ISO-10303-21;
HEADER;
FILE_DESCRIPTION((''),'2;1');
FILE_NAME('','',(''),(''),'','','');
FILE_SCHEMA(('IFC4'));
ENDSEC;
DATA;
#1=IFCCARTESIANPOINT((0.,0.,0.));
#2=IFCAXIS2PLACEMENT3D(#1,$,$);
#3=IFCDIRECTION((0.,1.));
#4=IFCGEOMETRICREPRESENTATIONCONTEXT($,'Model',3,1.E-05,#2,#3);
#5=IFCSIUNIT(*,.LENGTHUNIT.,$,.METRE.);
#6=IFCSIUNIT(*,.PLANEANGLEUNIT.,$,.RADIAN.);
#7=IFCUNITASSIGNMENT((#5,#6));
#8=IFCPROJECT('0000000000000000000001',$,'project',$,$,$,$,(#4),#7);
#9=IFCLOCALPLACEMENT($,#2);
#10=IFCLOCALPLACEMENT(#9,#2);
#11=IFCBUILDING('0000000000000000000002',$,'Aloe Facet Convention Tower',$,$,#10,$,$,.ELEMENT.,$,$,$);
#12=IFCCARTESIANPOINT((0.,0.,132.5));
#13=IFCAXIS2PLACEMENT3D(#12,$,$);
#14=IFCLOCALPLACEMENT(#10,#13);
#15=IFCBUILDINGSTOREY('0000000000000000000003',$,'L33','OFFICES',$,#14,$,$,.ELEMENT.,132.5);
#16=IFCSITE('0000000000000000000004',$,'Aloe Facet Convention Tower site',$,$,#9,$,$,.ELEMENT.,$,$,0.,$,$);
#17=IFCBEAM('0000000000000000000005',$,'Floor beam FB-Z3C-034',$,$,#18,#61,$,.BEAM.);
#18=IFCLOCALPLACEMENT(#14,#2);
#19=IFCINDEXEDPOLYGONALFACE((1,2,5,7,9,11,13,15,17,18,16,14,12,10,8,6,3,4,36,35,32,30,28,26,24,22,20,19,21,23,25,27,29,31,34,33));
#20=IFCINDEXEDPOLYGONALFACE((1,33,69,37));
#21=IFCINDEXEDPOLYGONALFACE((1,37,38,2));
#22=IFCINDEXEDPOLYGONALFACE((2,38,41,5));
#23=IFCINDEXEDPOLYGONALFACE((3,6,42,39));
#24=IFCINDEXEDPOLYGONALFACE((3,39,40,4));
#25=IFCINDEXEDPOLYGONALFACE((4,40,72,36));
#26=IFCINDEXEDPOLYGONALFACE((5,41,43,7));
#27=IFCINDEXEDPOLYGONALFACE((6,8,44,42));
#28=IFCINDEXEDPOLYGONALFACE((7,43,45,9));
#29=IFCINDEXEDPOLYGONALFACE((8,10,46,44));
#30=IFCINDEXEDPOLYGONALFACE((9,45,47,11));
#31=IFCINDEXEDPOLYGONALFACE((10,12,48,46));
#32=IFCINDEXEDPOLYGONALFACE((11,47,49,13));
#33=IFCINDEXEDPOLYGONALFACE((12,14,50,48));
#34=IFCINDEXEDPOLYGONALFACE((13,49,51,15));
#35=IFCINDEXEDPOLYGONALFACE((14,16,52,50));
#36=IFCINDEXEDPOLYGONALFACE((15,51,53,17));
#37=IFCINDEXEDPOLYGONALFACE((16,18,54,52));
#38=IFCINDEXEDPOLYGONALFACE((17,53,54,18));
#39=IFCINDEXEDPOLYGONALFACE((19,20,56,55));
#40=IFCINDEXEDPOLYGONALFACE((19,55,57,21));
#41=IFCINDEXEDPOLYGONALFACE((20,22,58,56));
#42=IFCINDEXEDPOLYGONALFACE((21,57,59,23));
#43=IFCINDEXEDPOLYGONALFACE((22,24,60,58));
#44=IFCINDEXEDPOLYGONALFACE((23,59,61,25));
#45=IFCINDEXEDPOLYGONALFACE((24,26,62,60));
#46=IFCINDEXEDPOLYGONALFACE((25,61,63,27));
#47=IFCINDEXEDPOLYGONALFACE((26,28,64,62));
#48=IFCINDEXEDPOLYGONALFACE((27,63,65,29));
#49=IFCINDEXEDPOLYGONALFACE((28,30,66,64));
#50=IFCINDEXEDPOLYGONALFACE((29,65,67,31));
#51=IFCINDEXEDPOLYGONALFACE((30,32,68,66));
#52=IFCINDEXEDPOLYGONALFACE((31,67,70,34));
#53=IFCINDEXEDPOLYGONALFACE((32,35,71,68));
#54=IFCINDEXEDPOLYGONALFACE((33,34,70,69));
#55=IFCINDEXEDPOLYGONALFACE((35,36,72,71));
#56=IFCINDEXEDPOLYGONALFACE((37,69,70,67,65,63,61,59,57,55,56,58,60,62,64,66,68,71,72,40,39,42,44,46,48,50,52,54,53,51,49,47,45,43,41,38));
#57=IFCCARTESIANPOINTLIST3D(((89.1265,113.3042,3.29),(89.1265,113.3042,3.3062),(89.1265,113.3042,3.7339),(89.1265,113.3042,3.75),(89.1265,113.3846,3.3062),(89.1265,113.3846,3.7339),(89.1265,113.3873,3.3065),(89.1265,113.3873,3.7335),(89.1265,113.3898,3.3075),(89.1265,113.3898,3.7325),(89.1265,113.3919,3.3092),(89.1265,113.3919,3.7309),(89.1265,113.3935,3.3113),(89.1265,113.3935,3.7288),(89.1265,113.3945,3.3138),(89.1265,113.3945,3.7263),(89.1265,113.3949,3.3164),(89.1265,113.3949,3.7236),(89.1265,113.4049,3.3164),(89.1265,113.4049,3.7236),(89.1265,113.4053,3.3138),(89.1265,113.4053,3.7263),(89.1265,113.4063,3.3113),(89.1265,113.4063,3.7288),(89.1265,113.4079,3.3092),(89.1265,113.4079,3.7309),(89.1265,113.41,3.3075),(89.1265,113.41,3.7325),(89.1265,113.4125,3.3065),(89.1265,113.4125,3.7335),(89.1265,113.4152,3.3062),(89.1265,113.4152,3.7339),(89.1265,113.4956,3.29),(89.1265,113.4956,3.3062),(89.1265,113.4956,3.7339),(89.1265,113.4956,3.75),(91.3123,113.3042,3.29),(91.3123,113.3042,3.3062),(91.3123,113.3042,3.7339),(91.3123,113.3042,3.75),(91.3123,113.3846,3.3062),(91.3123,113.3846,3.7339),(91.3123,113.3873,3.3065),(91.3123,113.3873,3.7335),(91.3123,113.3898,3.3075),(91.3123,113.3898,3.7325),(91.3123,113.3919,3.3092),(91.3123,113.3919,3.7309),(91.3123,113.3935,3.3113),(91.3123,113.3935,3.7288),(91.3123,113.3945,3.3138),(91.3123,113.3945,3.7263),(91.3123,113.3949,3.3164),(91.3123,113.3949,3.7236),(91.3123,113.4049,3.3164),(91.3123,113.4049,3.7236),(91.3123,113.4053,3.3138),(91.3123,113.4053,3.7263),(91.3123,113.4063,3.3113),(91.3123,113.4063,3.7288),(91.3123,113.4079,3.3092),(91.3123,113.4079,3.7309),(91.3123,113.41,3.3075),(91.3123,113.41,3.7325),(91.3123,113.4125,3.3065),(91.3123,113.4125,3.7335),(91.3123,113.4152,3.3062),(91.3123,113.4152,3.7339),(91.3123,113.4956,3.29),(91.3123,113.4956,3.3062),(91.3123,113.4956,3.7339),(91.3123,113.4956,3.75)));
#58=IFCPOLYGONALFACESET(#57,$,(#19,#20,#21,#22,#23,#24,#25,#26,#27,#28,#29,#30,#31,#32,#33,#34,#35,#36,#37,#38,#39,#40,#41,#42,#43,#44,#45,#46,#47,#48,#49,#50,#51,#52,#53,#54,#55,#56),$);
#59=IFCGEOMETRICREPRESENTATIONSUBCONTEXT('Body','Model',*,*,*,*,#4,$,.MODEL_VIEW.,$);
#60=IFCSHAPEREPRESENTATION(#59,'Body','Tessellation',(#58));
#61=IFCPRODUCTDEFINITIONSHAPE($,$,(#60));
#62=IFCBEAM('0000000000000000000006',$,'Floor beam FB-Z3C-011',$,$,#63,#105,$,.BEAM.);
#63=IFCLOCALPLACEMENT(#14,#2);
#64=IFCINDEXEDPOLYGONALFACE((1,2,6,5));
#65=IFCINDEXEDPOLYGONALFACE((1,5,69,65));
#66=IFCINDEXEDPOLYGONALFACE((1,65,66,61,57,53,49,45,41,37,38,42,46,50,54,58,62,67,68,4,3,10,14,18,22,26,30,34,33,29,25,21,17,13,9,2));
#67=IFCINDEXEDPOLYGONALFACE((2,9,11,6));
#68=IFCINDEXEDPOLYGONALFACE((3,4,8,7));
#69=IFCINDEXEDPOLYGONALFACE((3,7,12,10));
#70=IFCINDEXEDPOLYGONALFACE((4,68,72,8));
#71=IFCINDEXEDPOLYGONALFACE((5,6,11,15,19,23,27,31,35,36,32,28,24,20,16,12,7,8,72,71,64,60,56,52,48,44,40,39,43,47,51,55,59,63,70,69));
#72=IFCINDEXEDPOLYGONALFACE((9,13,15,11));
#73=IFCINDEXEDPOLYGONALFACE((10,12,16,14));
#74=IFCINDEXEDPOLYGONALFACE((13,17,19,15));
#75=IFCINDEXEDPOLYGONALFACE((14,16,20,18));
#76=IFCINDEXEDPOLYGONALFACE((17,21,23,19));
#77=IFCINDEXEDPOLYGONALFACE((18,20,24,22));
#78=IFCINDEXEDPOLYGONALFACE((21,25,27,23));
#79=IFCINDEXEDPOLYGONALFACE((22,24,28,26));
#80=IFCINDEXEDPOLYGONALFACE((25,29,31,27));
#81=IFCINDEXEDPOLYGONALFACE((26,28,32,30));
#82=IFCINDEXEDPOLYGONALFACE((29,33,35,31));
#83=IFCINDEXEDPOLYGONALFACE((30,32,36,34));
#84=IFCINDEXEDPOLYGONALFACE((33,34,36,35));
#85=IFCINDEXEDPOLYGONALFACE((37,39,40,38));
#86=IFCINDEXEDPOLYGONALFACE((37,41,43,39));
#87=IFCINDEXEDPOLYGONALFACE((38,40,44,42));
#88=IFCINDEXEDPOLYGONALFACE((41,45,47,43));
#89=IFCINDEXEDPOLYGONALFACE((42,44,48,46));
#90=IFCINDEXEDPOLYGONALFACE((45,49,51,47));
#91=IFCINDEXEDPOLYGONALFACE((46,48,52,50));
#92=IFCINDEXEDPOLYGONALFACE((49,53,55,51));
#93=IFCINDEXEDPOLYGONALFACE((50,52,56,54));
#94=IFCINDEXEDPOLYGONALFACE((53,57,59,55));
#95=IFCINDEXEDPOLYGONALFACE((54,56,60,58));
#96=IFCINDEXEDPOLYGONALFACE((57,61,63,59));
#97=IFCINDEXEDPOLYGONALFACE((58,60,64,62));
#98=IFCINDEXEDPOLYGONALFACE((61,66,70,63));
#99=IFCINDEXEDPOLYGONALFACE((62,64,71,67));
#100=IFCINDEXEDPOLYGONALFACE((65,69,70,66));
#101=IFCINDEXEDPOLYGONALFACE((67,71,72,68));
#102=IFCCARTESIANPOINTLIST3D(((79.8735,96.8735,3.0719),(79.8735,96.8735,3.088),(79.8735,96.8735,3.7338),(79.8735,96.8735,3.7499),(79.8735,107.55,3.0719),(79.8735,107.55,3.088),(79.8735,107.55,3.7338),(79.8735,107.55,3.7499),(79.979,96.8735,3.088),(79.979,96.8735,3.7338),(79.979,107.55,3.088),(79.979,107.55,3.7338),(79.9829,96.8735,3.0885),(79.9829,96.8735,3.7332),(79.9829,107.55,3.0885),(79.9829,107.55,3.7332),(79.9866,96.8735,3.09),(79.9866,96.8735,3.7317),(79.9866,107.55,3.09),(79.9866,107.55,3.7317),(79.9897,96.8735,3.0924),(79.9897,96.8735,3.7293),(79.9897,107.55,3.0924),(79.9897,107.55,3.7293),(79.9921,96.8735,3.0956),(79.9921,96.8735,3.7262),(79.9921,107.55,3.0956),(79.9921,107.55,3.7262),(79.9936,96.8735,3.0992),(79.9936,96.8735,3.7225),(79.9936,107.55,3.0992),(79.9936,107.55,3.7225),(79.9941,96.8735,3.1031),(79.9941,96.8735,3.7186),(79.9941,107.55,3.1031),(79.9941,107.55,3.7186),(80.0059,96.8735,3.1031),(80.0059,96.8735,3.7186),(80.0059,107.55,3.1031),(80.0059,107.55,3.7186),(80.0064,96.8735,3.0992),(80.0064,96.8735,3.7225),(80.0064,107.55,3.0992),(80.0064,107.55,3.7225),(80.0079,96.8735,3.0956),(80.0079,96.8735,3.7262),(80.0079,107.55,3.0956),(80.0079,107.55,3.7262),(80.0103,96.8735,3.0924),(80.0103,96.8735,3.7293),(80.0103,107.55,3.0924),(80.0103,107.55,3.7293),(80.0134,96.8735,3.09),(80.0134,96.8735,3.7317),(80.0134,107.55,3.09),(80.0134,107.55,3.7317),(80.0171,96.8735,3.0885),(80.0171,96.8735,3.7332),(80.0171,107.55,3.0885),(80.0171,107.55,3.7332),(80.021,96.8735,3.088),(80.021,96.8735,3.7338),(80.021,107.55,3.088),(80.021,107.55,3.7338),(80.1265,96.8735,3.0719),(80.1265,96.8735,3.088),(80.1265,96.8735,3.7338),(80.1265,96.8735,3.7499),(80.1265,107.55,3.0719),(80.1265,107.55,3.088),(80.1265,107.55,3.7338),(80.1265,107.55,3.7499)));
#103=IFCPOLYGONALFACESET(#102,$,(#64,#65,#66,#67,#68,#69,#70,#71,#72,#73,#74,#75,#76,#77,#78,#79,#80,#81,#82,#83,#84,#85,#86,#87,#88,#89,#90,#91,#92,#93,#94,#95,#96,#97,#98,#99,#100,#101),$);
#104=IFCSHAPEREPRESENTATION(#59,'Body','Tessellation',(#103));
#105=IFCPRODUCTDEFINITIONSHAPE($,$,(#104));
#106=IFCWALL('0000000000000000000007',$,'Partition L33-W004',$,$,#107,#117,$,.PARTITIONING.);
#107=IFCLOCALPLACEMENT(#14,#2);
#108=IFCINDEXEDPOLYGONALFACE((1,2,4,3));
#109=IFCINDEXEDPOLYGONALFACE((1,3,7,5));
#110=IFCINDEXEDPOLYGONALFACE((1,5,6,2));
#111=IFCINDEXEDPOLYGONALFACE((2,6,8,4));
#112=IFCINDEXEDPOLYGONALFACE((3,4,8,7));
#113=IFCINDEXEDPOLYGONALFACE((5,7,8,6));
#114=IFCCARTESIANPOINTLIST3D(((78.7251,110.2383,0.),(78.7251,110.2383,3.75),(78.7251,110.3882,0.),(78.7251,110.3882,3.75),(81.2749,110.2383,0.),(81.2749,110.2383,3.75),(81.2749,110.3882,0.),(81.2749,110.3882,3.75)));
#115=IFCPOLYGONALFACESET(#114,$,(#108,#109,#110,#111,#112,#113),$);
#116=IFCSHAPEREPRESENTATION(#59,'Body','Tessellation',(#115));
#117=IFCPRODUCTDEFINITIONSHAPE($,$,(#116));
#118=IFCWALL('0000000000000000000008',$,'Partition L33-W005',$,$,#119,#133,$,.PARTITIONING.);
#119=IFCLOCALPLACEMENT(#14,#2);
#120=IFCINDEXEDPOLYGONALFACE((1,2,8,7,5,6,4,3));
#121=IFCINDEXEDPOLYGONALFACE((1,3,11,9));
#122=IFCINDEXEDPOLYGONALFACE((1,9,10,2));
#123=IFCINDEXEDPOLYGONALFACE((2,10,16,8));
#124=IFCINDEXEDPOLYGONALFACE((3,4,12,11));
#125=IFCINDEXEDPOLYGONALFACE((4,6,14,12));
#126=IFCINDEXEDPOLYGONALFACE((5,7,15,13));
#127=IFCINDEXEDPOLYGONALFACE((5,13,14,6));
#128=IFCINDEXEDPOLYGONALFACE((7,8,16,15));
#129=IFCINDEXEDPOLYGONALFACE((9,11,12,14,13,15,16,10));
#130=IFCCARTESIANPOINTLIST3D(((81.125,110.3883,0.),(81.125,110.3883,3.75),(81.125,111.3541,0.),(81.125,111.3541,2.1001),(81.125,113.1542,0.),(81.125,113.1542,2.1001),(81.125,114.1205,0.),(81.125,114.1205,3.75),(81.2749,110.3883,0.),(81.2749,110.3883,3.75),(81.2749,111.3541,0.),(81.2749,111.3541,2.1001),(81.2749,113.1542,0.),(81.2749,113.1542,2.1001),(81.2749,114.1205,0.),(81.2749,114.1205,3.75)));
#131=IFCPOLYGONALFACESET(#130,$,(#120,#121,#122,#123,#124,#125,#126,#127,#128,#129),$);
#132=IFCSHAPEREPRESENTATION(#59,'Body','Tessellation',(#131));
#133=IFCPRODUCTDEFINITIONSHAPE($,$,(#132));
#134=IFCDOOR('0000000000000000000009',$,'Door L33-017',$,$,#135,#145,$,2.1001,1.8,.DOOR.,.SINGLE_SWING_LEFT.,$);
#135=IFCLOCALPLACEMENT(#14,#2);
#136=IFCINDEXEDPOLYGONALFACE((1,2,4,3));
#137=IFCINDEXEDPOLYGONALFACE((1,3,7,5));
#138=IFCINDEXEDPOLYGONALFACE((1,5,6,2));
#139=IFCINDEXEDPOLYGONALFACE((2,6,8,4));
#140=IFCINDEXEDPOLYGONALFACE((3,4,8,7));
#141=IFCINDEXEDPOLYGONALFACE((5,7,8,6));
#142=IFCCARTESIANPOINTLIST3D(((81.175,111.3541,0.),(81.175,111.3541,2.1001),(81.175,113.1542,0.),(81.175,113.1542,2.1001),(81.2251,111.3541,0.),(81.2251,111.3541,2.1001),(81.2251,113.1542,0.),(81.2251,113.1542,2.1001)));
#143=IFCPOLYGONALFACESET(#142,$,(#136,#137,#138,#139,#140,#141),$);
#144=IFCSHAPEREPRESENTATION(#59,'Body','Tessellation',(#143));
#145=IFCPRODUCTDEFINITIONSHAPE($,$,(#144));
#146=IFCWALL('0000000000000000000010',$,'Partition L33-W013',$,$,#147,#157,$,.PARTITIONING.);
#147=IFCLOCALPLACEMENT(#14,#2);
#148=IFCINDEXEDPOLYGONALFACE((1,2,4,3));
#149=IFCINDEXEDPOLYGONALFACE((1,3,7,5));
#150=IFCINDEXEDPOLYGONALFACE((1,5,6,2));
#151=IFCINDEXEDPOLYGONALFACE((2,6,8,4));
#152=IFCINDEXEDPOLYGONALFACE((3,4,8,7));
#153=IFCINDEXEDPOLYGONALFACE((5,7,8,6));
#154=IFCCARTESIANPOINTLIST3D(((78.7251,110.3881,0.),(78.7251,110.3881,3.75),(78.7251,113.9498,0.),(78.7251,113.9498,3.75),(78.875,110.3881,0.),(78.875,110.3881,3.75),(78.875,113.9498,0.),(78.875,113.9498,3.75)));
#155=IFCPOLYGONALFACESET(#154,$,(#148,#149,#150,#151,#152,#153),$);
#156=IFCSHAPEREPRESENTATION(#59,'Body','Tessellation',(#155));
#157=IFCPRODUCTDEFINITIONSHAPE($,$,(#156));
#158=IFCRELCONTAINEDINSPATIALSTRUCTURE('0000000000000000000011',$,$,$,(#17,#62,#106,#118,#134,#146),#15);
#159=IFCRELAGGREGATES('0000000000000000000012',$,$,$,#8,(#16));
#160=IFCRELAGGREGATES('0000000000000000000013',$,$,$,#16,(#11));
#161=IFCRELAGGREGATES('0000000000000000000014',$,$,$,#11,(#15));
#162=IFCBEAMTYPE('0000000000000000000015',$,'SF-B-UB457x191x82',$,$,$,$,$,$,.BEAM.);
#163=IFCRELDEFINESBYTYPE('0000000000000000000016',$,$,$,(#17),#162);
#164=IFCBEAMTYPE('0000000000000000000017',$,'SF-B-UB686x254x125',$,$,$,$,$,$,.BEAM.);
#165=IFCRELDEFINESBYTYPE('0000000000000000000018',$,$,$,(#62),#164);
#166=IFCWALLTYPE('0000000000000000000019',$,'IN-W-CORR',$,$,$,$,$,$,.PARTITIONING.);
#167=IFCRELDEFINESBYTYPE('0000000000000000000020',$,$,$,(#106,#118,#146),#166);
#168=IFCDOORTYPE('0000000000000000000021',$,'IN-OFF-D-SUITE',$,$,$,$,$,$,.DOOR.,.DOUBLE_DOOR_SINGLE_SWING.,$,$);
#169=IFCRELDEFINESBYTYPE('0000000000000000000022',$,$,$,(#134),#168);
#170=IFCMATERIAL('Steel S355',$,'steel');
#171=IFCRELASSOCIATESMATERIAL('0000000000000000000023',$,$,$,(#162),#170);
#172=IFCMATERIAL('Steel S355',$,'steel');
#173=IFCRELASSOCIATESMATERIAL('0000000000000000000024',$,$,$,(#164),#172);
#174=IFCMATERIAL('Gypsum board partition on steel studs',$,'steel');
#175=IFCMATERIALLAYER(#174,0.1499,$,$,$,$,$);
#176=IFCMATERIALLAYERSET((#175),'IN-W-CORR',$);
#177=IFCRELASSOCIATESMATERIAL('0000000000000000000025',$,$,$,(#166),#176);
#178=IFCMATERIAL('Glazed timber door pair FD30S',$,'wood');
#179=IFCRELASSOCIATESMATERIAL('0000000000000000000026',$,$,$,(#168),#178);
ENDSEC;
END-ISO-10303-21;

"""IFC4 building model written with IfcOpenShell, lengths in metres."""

from ifc_helpers import new_model, si_unit, direction, frame, frame_2d, origin, origin_2d, place, context, subcontext, project, spatial, rectangle, i_section, extrude, material, layer, layer_set, material_profile, profile_set, type_object, element, fill, save


model = new_model("IFC4")

# Units and contexts
model_context = context("Model", 3, precision=1e-05, world=origin(), true_north=direction((0.0, 1.0)))
body_context = subcontext(model_context, "Body", "Model", "MODEL_VIEW")
ifc_project = project(units=[si_unit("LENGTHUNIT", "METRE"), si_unit("PLANEANGLEUNIT", "RADIAN")], contexts=[model_context])

# Site, building, storey
site_placement = place(None, origin())
site = spatial("IfcSite", under=ifc_project, at=site_placement, Name="Aloe Facet Convention Tower site", CompositionType="ELEMENT", RefElevation=0.0)
building_placement = place(site_placement, origin())
building = spatial("IfcBuilding", under=site, at=building_placement, Name="Aloe Facet Convention Tower", CompositionType="ELEMENT")
storey_placement = place(building_placement, frame((0.0, 0.0, 132.5)))
storey = spatial("IfcBuildingStorey", under=building, at=storey_placement, Name="L33", Description="OFFICES", CompositionType="ELEMENT", Elevation=132.5)

# Beams
ifc_material_1 = material(Name="Steel S355", Category="steel")
ifc_material_profile_1 = material_profile(ifc_material_1, i_section(OverallWidth=0.1914, OverallDepth=0.46, WebThickness=0.01, FlangeThickness=0.0161, FilletRadius=0.0103, at=origin_2d()), Name="UB 457x191x82")
ifc_profile_set_1 = profile_set([ifc_material_profile_1], Name="Steel S355")
beam_type_1 = type_object("IfcBeamType", Name="SF-B-UB457x191x82", PredefinedType="BEAM", material=ifc_profile_set_1)
beam_1_placement = place(storey_placement, frame((89.1265, 113.3999, 3.52), z_axis=(1.0, 0.0, 0.0), x_axis=(0.0, 1.0, 0.0)))
element("IfcBeam", 1, at=beam_1_placement, inside=storey, type_object=beam_type_1, Name="Floor beam FB-Z3C-034", PredefinedType="BEAM", context=body_context, shape_type="SweptSolid", body=[
    extrude(i_section(OverallWidth=0.1914, OverallDepth=0.46, WebThickness=0.01, FlangeThickness=0.0161, FilletRadius=0.0103, at=origin_2d()), origin(), (0.0, 0.0, 1.0), 2.1858),
])
ifc_material_2 = material(Name="Steel S355", Category="steel")
ifc_material_profile_2 = material_profile(ifc_material_2, i_section(OverallWidth=0.2529, OverallDepth=0.678, WebThickness=0.0117, FlangeThickness=0.0161, FilletRadius=0.0151, at=origin_2d()), Name="UB 686x254x125")
ifc_profile_set_2 = profile_set([ifc_material_profile_2], Name="Steel S355")
beam_type_2 = type_object("IfcBeamType", Name="SF-B-UB686x254x125", PredefinedType="BEAM", material=ifc_profile_set_2)
beam_2_placement = place(storey_placement, frame((80.0, 107.55, 3.4109), z_axis=(0.0, -1.0, 0.0), x_axis=(1.0, 0.0, 0.0)))
element("IfcBeam", 2, at=beam_2_placement, inside=storey, type_object=beam_type_2, Name="Floor beam FB-Z3C-011", PredefinedType="BEAM", context=body_context, shape_type="SweptSolid", body=[
    extrude(i_section(OverallWidth=0.2529, OverallDepth=0.678, WebThickness=0.0117, FlangeThickness=0.0161, FilletRadius=0.0151, at=origin_2d()), origin(), (0.0, 0.0, 1.0), 10.6765),
])

# Wall
ifc_material_3 = material(Name="Gypsum board partition on steel studs", Category="steel")
ifc_layer_1 = layer(ifc_material_3, 0.1499)
ifc_layer_set_1 = layer_set([ifc_layer_1], Name="IN-W-CORR")
wall_type_1 = type_object("IfcWallType", Name="IN-W-CORR", PredefinedType="PARTITIONING", material=ifc_layer_set_1)
wall_1_placement = place(storey_placement, frame((78.7251, 110.3132, 0.0), z_axis=(0.0, 0.0, 1.0), x_axis=(1.0, 0.0, 0.0)))
element("IfcWall", 3, at=wall_1_placement, inside=storey, type_object=wall_type_1, Name="Partition L33-W004", PredefinedType="PARTITIONING", context=body_context, shape_type="SweptSolid", body=[
    extrude(rectangle(XDim=2.5498, YDim=0.1499, at=frame_2d((1.2749, 0.0))), origin(), (0.0, 0.0, 1.0), 3.75),
])

# Wall, opening, door
wall_2_placement = place(storey_placement, frame((81.2, 110.3882, 0.0), z_axis=(0.0, 0.0, 1.0), x_axis=(0.0, 1.0, 0.0)))
wall_2 = element("IfcWall", 4, at=wall_2_placement, inside=storey, type_object=wall_type_1, Name="Partition L33-W005", PredefinedType="PARTITIONING", context=body_context, shape_type="SweptSolid", body=[
    extrude(rectangle(XDim=3.7322, YDim=0.1499, at=frame_2d((1.8662, 0.0))), origin(), (0.0, 0.0, 1.0), 3.75),
])
opening_1_placement = place(wall_2_placement, frame((0.9661, 0.0, 0.0)))
opening_1 = element("IfcOpeningElement", 5, at=opening_1_placement, cuts=wall_2, PredefinedType="OPENING", context=body_context, shape_type="SweptSolid", body=[
    extrude(rectangle(XDim=1.8, YDim=2.1001, at=frame_2d((0.8999, 1.05))), frame((0.0, 0.085, 0.0), z_axis=(0.0, -1.0, 0.0), x_axis=(1.0, 0.0, 0.0)), (0.0, 0.0, 1.0), 0.1699),
])
ifc_material_4 = material(Name="Glazed timber door pair FD30S", Category="wood")
door_type_1 = type_object("IfcDoorType", Name="IN-OFF-D-SUITE", OperationType="DOUBLE_DOOR_SINGLE_SWING", PredefinedType="DOOR", material=ifc_material_4)
door_1_placement = place(opening_1_placement, origin())
door_1 = element("IfcDoor", 6, at=door_1_placement, inside=storey, type_object=door_type_1, Name="Door L33-017", OperationType="SINGLE_SWING_LEFT", OverallHeight=2.1001, OverallWidth=1.8, PredefinedType="DOOR", context=body_context, shape_type="SweptSolid", body=[
    extrude(rectangle(XDim=1.8, YDim=2.1001, at=frame_2d((0.8999, 1.05))), frame((0.0, 0.0249, 0.0), z_axis=(0.0, -1.0, 0.0), x_axis=(1.0, 0.0, 0.0)), (0.0, 0.0, 1.0), 0.05),
])
fill(opening_1, door_1)

# Wall
wall_3_placement = place(storey_placement, frame((78.8, 110.3882, 0.0), z_axis=(0.0, 0.0, 1.0), x_axis=(0.0, 1.0, 0.0)))
element("IfcWall", 7, at=wall_3_placement, inside=storey, type_object=wall_type_1, Name="Partition L33-W013", PredefinedType="PARTITIONING", context=body_context, shape_type="SweptSolid", body=[
    extrude(rectangle(XDim=3.5618, YDim=0.1499, at=frame_2d((1.7808, 0.0))), origin(), (0.0, 0.0, 1.0), 3.75),
])

save(model, "model.ifc")
